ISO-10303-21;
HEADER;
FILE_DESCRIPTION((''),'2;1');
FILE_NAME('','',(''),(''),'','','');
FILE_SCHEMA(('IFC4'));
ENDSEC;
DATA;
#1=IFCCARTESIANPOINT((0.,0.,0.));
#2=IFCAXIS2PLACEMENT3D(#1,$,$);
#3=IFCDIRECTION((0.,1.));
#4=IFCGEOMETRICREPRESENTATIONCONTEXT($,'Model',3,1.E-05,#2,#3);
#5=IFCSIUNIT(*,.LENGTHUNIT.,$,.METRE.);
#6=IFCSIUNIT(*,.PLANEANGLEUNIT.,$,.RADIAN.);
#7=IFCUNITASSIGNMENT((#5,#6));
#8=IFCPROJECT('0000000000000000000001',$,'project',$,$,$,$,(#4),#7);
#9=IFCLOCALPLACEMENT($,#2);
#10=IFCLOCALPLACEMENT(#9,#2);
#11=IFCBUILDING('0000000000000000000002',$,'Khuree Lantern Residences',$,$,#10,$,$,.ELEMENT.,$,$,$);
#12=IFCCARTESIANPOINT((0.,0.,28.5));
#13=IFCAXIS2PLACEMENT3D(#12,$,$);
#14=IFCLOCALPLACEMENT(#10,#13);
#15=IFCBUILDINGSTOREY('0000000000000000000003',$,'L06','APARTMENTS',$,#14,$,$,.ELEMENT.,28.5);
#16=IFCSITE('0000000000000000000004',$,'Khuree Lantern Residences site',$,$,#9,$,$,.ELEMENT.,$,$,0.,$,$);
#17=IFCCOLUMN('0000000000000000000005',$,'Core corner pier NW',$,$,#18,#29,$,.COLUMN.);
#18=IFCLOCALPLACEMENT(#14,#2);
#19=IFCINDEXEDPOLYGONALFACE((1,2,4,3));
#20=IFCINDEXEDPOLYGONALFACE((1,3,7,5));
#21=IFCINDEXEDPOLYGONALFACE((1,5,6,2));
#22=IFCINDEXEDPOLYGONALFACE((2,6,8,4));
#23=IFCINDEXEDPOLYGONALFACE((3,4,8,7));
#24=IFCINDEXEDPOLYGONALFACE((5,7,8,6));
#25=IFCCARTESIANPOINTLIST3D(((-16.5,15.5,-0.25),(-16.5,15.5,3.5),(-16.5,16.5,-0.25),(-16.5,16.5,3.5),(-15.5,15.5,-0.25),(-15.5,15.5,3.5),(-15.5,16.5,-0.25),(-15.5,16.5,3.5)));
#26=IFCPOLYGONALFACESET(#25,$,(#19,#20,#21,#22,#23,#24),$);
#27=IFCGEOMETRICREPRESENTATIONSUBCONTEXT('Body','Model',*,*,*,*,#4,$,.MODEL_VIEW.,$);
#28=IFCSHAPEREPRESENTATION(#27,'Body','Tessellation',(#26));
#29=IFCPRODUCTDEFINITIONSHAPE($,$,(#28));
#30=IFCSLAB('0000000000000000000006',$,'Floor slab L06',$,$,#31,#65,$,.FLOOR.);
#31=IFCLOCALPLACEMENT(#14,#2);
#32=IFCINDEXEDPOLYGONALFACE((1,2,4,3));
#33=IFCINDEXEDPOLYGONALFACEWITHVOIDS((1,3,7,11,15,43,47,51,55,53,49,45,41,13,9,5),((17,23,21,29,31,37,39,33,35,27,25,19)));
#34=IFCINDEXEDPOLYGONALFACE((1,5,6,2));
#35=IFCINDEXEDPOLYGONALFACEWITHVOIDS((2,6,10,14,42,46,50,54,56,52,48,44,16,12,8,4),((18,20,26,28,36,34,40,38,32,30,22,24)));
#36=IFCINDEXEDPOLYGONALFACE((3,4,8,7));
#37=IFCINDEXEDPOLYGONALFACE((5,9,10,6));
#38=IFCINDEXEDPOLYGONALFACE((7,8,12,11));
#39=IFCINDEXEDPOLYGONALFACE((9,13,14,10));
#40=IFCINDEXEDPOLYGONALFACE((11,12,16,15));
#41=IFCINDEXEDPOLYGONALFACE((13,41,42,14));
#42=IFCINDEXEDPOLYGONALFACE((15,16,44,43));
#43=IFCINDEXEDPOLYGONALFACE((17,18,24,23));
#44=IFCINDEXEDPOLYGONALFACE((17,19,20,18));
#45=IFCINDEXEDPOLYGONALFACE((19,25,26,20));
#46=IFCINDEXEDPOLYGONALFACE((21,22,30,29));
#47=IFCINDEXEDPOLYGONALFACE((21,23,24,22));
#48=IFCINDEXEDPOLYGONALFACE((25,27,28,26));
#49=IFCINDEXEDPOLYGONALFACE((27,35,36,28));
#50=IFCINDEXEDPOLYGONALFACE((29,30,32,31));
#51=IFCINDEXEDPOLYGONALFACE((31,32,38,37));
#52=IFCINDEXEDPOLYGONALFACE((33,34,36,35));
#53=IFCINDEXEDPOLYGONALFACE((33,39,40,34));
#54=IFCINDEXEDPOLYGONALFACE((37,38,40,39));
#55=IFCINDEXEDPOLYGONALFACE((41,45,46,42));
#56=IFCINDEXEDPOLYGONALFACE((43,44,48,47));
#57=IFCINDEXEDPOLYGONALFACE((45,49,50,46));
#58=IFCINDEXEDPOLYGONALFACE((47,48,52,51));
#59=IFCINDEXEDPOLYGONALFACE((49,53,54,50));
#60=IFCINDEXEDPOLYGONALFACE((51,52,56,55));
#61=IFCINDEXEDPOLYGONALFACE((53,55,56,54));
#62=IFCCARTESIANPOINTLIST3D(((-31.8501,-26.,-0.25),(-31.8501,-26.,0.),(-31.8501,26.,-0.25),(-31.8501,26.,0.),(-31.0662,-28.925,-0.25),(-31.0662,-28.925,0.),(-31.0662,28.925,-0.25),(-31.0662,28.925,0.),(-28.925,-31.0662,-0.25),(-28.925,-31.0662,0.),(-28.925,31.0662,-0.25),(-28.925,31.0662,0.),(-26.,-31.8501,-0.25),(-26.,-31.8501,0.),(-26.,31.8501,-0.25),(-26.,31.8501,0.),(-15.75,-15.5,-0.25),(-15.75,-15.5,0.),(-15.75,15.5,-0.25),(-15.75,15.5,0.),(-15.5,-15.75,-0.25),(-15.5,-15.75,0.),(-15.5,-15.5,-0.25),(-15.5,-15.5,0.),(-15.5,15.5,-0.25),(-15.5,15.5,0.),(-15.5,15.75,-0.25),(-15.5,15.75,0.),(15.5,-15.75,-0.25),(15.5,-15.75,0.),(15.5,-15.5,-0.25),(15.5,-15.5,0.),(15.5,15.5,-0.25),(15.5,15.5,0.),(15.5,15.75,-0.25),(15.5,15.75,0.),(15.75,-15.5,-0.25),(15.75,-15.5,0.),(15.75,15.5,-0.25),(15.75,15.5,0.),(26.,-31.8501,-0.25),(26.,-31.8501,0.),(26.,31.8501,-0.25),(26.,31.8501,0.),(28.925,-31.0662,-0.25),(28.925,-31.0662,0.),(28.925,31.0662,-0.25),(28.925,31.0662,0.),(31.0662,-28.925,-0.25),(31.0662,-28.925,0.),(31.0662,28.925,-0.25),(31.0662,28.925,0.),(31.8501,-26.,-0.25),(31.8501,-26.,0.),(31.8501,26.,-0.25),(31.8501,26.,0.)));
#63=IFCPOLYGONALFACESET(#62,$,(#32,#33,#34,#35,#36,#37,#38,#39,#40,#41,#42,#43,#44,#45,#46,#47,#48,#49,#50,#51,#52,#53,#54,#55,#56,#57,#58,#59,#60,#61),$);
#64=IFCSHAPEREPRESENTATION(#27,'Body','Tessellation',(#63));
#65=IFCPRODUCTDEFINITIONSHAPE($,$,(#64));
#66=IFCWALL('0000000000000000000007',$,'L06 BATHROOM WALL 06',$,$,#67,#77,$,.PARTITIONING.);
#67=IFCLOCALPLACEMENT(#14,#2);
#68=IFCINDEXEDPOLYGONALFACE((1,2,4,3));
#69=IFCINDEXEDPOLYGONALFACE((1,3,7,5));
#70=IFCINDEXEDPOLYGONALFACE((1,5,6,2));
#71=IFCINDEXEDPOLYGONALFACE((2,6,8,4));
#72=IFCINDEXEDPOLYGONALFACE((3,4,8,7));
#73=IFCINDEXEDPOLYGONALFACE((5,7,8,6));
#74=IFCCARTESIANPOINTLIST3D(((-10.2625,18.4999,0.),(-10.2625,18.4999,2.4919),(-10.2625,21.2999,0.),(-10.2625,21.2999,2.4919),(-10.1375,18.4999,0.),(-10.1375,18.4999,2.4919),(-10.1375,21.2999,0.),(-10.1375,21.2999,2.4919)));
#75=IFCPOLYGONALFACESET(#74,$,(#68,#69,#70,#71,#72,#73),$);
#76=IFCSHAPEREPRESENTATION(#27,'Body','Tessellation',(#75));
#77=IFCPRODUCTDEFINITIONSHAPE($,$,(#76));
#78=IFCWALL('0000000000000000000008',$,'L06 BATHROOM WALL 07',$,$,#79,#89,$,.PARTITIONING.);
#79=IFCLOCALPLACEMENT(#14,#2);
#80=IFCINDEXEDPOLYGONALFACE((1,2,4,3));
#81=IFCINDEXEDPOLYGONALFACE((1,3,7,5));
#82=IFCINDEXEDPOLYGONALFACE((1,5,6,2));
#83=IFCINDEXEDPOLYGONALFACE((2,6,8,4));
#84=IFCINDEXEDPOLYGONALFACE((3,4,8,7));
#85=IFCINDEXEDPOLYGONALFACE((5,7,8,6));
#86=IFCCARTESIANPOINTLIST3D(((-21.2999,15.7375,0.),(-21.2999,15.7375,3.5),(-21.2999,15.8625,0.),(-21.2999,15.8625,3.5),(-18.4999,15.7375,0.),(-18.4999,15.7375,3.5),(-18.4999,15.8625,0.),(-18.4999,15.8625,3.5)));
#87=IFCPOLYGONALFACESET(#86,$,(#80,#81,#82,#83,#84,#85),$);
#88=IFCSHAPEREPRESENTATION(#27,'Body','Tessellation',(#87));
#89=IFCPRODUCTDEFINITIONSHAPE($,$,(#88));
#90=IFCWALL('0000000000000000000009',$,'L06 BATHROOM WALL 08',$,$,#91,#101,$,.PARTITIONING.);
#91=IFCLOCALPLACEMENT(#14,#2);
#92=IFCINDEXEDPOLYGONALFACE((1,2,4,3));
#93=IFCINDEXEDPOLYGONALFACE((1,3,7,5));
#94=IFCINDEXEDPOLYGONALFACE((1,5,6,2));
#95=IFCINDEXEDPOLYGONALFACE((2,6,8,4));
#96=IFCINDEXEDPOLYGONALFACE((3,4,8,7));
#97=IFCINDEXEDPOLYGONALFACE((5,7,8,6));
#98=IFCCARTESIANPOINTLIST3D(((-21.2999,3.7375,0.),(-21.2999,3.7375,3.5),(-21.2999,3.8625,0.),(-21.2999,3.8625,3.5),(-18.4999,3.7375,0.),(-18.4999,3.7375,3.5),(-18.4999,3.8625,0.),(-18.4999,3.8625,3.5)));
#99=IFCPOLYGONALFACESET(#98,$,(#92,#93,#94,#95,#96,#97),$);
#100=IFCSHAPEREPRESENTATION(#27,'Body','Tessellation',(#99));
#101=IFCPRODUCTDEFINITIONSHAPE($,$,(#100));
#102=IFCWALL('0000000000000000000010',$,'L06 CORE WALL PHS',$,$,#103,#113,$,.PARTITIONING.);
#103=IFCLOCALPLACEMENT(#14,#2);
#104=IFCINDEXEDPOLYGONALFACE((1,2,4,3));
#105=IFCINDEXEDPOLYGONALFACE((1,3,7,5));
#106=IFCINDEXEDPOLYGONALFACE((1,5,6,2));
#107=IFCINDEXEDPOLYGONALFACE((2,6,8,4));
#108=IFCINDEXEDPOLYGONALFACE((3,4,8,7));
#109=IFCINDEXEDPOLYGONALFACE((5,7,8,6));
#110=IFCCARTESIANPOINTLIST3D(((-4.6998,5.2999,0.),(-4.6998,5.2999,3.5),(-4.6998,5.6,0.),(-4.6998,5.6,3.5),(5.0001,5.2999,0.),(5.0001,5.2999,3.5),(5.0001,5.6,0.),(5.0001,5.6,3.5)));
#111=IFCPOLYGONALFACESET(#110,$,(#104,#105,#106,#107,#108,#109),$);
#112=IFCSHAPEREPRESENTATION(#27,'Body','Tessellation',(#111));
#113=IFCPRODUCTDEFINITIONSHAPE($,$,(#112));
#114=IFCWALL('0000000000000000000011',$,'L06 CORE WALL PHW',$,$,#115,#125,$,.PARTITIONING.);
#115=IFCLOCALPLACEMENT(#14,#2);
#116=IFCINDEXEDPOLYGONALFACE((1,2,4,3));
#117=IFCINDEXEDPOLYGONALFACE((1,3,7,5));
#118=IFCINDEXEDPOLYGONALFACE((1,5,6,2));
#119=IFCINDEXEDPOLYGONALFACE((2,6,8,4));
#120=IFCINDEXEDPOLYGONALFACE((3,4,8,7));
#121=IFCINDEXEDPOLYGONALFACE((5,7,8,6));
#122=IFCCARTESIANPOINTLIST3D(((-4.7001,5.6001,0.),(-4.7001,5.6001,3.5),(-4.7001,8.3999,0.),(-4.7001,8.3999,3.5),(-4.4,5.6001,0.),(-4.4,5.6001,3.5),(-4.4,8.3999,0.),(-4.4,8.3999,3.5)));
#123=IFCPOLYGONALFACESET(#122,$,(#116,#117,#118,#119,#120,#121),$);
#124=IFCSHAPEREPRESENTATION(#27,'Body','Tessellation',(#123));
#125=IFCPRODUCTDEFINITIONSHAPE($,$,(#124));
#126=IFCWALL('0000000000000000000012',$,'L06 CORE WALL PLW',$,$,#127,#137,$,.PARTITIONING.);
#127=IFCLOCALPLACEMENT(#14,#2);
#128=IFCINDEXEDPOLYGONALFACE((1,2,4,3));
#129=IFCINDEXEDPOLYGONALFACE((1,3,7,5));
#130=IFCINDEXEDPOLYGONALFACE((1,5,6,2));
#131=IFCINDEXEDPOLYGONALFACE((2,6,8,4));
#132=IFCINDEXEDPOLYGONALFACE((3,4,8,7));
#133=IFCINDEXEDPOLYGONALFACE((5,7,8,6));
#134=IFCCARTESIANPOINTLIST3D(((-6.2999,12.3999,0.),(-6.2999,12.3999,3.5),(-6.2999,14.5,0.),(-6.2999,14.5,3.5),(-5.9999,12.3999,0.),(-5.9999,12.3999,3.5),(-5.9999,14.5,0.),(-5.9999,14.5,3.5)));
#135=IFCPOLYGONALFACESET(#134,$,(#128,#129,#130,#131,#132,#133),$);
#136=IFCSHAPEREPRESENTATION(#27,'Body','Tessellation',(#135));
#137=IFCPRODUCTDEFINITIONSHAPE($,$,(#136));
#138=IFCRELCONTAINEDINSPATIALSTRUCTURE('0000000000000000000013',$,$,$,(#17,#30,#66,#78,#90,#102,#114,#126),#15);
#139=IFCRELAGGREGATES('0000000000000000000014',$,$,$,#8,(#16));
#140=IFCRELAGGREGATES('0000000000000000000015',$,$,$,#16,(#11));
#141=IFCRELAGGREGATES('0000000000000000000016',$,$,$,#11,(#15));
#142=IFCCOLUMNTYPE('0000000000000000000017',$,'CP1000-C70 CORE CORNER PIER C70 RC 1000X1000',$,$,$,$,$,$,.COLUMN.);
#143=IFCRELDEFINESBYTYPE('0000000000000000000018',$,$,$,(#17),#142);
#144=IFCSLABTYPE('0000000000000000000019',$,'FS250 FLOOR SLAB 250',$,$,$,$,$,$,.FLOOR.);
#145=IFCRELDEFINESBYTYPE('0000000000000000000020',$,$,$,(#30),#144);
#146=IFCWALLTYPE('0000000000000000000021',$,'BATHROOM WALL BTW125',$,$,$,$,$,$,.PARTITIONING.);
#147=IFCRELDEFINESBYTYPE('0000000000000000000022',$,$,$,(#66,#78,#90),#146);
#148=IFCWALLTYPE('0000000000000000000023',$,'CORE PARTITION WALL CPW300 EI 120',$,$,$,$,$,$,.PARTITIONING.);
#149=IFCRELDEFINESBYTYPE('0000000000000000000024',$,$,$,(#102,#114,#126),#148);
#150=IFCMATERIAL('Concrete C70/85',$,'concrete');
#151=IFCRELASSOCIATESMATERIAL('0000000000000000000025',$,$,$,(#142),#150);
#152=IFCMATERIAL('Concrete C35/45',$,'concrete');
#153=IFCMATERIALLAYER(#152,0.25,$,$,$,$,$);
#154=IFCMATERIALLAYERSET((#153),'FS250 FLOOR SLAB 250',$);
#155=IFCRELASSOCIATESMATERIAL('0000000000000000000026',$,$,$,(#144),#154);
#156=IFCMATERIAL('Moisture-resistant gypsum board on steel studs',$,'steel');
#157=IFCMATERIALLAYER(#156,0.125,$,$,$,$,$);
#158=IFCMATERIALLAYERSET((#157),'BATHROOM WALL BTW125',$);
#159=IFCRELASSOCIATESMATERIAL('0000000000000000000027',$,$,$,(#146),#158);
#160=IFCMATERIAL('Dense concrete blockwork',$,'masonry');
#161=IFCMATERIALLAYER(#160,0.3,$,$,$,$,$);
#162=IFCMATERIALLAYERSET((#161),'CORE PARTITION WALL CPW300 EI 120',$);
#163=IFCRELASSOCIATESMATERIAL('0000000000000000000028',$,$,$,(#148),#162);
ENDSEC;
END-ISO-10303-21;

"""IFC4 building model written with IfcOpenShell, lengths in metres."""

from ifc_helpers import new_model, si_unit, direction, frame, frame_2d, origin, origin_2d, place, context, subcontext, project, spatial, polyline, rectangle, outline, extrude, material, layer, layer_set, material_profile, profile_set, type_object, element, save


model = new_model("IFC4")

# Units and contexts
model_context = context("Model", 3, precision=1e-05, world=origin(), true_north=direction((0.0, 1.0)))
body_context = subcontext(model_context, "Body", "Model", "MODEL_VIEW")
ifc_project = project(units=[si_unit("LENGTHUNIT", "METRE"), si_unit("PLANEANGLEUNIT", "RADIAN")], contexts=[model_context])

# Site, building, storey
site_placement = place(None, origin())
site = spatial("IfcSite", under=ifc_project, at=site_placement, Name="Khuree Lantern Residences site", CompositionType="ELEMENT", RefElevation=0.0)
building_placement = place(site_placement, origin())
building = spatial("IfcBuilding", under=site, at=building_placement, Name="Khuree Lantern Residences", CompositionType="ELEMENT")
storey_placement = place(building_placement, frame((0.0, 0.0, 28.5)))
storey = spatial("IfcBuildingStorey", under=building, at=storey_placement, Name="L06", Description="APARTMENTS", CompositionType="ELEMENT", Elevation=28.5)

# Column
ifc_material_1 = material(Name="Concrete C70/85", Category="concrete")
ifc_material_profile = material_profile(ifc_material_1, rectangle(XDim=1.0, YDim=1.0, at=origin_2d()), Name="RC 1000X1000")
ifc_profile_set = profile_set([ifc_material_profile], Name="Concrete C70/85")
column_type = type_object("IfcColumnType", Name="CP1000-C70 CORE CORNER PIER C70 RC 1000X1000", PredefinedType="COLUMN", material=ifc_profile_set)
column_placement = place(storey_placement, frame((-16.0, 16.0, -0.25), z_axis=(0.0, 0.0, 1.0), x_axis=(1.0, 0.0, 0.0)))
element("IfcColumn", 1, at=column_placement, inside=storey, type_object=column_type, Name="Core corner pier NW", PredefinedType="COLUMN", context=body_context, shape_type="SweptSolid", body=[
    extrude(rectangle(XDim=1.0, YDim=1.0, at=origin_2d()), origin(), (0.0, 0.0, 1.0), 3.75),
])

# Slab
ifc_material_2 = material(Name="Concrete C35/45", Category="concrete")
ifc_layer_1 = layer(ifc_material_2, 0.25)
ifc_layer_set_1 = layer_set([ifc_layer_1], Name="FS250 FLOOR SLAB 250")
slab_type = type_object("IfcSlabType", Name="FS250 FLOOR SLAB 250", PredefinedType="FLOOR", material=ifc_layer_set_1)
slab_placement = place(storey_placement, frame((0.0, 0.0, -0.25)))
element("IfcSlab", 2, at=slab_placement, inside=storey, type_object=slab_type, Name="Floor slab L06", PredefinedType="FLOOR", context=body_context, shape_type="SweptSolid", body=[
    extrude(outline(polyline([(-28.925, -31.0662), (-31.0662, -28.925), (-31.8501, -26.0), (-31.8501, 26.0), (-31.0662, 28.925), (-28.925, 31.0662), (-26.0, 31.8501), (26.0, 31.8501), (28.925, 31.0662), (31.0662, 28.925), (31.8501, 26.0), (31.8501, -26.0), (31.0662, -28.925), (28.925, -31.0662), (26.0, -31.8501), (-26.0, -31.8501), (-28.925, -31.0662)]), holes=[polyline([(15.75, 15.5), (15.5, 15.5), (15.5, 15.75), (-15.5, 15.75), (-15.5, 15.5), (-15.75, 15.5), (-15.75, -15.5), (-15.5, -15.5), (-15.5, -15.75), (15.5, -15.75), (15.5, -15.5), (15.75, -15.5), (15.75, 15.5)])]), origin(), (0.0, 0.0, 1.0), 0.25),
])

# Walls
ifc_material_3 = material(Name="Moisture-resistant gypsum board on steel studs", Category="steel")
ifc_layer_2 = layer(ifc_material_3, 0.125)
ifc_layer_set_2 = layer_set([ifc_layer_2], Name="BATHROOM WALL BTW125")
wall_type_1 = type_object("IfcWallType", Name="BATHROOM WALL BTW125", PredefinedType="PARTITIONING", material=ifc_layer_set_2)
wall_1_placement = place(storey_placement, frame((-10.2, 18.5, 0.0), z_axis=(0.0, 0.0, 1.0), x_axis=(0.0, 1.0, 0.0)))
element("IfcWall", 3, at=wall_1_placement, inside=storey, type_object=wall_type_1, Name="L06 BATHROOM WALL 06", PredefinedType="PARTITIONING", context=body_context, shape_type="SweptSolid", body=[
    extrude(rectangle(XDim=2.8, YDim=0.125, at=frame_2d((1.3999, 0.0))), origin(), (0.0, 0.0, 1.0), 2.4919),
])
for number, where, z_axis, x_axis, name in (
    (4, (-18.5, 15.8, 0.0), (0.0, 0.0, 1.0), (-1.0, 0.0, 0.0), "L06 BATHROOM WALL 07"),
    (5, (-18.5, 3.8, 0.0), (0.0, 0.0, 1.0), (-1.0, 0.0, 0.0), "L06 BATHROOM WALL 08"),
):
    element("IfcWall", number, at=place(storey_placement, frame(where, z_axis=z_axis, x_axis=x_axis)), inside=storey, type_object=wall_type_1, Name=name, PredefinedType="PARTITIONING", context=body_context, shape_type="SweptSolid", body=[
        extrude(rectangle(XDim=2.8, YDim=0.125, at=frame_2d((1.3999, 0.0))), origin(), (0.0, 0.0, 1.0), 3.5),
    ])
ifc_material_4 = material(Name="Dense concrete blockwork", Category="masonry")
ifc_layer_3 = layer(ifc_material_4, 0.3)
ifc_layer_set_3 = layer_set([ifc_layer_3], Name="CORE PARTITION WALL CPW300 EI 120")
wall_type_2 = type_object("IfcWallType", Name="CORE PARTITION WALL CPW300 EI 120", PredefinedType="PARTITIONING", material=ifc_layer_set_3)
wall_2_placement = place(storey_placement, frame((-4.7, 5.45, 0.0), z_axis=(0.0, 0.0, 1.0), x_axis=(1.0, 0.0, 0.0)))
element("IfcWall", 6, at=wall_2_placement, inside=storey, type_object=wall_type_2, Name="L06 CORE WALL PHS", PredefinedType="PARTITIONING", context=body_context, shape_type="SweptSolid", body=[
    extrude(rectangle(XDim=9.7, YDim=0.3, at=frame_2d((4.8501, 0.0))), origin(), (0.0, 0.0, 1.0), 3.5),
])
wall_3_placement = place(storey_placement, frame((-4.55, 5.6001, 0.0), z_axis=(0.0, 0.0, 1.0), x_axis=(0.0, 1.0, 0.0)))
element("IfcWall", 7, at=wall_3_placement, inside=storey, type_object=wall_type_2, Name="L06 CORE WALL PHW", PredefinedType="PARTITIONING", context=body_context, shape_type="SweptSolid", body=[
    extrude(rectangle(XDim=2.7998, YDim=0.3, at=frame_2d((1.3999, 0.0))), origin(), (0.0, 0.0, 1.0), 3.5),
])
wall_4_placement = place(storey_placement, frame((-6.1499, 12.3999, 0.0), z_axis=(0.0, 0.0, 1.0), x_axis=(0.0, 1.0, 0.0)))
element("IfcWall", 8, at=wall_4_placement, inside=storey, type_object=wall_type_2, Name="L06 CORE WALL PLW", PredefinedType="PARTITIONING", context=body_context, shape_type="SweptSolid", body=[
    extrude(rectangle(XDim=2.1001, YDim=0.3, at=frame_2d((1.05, 0.0))), origin(), (0.0, 0.0, 1.0), 3.5),
])

save(model, "model.ifc")
